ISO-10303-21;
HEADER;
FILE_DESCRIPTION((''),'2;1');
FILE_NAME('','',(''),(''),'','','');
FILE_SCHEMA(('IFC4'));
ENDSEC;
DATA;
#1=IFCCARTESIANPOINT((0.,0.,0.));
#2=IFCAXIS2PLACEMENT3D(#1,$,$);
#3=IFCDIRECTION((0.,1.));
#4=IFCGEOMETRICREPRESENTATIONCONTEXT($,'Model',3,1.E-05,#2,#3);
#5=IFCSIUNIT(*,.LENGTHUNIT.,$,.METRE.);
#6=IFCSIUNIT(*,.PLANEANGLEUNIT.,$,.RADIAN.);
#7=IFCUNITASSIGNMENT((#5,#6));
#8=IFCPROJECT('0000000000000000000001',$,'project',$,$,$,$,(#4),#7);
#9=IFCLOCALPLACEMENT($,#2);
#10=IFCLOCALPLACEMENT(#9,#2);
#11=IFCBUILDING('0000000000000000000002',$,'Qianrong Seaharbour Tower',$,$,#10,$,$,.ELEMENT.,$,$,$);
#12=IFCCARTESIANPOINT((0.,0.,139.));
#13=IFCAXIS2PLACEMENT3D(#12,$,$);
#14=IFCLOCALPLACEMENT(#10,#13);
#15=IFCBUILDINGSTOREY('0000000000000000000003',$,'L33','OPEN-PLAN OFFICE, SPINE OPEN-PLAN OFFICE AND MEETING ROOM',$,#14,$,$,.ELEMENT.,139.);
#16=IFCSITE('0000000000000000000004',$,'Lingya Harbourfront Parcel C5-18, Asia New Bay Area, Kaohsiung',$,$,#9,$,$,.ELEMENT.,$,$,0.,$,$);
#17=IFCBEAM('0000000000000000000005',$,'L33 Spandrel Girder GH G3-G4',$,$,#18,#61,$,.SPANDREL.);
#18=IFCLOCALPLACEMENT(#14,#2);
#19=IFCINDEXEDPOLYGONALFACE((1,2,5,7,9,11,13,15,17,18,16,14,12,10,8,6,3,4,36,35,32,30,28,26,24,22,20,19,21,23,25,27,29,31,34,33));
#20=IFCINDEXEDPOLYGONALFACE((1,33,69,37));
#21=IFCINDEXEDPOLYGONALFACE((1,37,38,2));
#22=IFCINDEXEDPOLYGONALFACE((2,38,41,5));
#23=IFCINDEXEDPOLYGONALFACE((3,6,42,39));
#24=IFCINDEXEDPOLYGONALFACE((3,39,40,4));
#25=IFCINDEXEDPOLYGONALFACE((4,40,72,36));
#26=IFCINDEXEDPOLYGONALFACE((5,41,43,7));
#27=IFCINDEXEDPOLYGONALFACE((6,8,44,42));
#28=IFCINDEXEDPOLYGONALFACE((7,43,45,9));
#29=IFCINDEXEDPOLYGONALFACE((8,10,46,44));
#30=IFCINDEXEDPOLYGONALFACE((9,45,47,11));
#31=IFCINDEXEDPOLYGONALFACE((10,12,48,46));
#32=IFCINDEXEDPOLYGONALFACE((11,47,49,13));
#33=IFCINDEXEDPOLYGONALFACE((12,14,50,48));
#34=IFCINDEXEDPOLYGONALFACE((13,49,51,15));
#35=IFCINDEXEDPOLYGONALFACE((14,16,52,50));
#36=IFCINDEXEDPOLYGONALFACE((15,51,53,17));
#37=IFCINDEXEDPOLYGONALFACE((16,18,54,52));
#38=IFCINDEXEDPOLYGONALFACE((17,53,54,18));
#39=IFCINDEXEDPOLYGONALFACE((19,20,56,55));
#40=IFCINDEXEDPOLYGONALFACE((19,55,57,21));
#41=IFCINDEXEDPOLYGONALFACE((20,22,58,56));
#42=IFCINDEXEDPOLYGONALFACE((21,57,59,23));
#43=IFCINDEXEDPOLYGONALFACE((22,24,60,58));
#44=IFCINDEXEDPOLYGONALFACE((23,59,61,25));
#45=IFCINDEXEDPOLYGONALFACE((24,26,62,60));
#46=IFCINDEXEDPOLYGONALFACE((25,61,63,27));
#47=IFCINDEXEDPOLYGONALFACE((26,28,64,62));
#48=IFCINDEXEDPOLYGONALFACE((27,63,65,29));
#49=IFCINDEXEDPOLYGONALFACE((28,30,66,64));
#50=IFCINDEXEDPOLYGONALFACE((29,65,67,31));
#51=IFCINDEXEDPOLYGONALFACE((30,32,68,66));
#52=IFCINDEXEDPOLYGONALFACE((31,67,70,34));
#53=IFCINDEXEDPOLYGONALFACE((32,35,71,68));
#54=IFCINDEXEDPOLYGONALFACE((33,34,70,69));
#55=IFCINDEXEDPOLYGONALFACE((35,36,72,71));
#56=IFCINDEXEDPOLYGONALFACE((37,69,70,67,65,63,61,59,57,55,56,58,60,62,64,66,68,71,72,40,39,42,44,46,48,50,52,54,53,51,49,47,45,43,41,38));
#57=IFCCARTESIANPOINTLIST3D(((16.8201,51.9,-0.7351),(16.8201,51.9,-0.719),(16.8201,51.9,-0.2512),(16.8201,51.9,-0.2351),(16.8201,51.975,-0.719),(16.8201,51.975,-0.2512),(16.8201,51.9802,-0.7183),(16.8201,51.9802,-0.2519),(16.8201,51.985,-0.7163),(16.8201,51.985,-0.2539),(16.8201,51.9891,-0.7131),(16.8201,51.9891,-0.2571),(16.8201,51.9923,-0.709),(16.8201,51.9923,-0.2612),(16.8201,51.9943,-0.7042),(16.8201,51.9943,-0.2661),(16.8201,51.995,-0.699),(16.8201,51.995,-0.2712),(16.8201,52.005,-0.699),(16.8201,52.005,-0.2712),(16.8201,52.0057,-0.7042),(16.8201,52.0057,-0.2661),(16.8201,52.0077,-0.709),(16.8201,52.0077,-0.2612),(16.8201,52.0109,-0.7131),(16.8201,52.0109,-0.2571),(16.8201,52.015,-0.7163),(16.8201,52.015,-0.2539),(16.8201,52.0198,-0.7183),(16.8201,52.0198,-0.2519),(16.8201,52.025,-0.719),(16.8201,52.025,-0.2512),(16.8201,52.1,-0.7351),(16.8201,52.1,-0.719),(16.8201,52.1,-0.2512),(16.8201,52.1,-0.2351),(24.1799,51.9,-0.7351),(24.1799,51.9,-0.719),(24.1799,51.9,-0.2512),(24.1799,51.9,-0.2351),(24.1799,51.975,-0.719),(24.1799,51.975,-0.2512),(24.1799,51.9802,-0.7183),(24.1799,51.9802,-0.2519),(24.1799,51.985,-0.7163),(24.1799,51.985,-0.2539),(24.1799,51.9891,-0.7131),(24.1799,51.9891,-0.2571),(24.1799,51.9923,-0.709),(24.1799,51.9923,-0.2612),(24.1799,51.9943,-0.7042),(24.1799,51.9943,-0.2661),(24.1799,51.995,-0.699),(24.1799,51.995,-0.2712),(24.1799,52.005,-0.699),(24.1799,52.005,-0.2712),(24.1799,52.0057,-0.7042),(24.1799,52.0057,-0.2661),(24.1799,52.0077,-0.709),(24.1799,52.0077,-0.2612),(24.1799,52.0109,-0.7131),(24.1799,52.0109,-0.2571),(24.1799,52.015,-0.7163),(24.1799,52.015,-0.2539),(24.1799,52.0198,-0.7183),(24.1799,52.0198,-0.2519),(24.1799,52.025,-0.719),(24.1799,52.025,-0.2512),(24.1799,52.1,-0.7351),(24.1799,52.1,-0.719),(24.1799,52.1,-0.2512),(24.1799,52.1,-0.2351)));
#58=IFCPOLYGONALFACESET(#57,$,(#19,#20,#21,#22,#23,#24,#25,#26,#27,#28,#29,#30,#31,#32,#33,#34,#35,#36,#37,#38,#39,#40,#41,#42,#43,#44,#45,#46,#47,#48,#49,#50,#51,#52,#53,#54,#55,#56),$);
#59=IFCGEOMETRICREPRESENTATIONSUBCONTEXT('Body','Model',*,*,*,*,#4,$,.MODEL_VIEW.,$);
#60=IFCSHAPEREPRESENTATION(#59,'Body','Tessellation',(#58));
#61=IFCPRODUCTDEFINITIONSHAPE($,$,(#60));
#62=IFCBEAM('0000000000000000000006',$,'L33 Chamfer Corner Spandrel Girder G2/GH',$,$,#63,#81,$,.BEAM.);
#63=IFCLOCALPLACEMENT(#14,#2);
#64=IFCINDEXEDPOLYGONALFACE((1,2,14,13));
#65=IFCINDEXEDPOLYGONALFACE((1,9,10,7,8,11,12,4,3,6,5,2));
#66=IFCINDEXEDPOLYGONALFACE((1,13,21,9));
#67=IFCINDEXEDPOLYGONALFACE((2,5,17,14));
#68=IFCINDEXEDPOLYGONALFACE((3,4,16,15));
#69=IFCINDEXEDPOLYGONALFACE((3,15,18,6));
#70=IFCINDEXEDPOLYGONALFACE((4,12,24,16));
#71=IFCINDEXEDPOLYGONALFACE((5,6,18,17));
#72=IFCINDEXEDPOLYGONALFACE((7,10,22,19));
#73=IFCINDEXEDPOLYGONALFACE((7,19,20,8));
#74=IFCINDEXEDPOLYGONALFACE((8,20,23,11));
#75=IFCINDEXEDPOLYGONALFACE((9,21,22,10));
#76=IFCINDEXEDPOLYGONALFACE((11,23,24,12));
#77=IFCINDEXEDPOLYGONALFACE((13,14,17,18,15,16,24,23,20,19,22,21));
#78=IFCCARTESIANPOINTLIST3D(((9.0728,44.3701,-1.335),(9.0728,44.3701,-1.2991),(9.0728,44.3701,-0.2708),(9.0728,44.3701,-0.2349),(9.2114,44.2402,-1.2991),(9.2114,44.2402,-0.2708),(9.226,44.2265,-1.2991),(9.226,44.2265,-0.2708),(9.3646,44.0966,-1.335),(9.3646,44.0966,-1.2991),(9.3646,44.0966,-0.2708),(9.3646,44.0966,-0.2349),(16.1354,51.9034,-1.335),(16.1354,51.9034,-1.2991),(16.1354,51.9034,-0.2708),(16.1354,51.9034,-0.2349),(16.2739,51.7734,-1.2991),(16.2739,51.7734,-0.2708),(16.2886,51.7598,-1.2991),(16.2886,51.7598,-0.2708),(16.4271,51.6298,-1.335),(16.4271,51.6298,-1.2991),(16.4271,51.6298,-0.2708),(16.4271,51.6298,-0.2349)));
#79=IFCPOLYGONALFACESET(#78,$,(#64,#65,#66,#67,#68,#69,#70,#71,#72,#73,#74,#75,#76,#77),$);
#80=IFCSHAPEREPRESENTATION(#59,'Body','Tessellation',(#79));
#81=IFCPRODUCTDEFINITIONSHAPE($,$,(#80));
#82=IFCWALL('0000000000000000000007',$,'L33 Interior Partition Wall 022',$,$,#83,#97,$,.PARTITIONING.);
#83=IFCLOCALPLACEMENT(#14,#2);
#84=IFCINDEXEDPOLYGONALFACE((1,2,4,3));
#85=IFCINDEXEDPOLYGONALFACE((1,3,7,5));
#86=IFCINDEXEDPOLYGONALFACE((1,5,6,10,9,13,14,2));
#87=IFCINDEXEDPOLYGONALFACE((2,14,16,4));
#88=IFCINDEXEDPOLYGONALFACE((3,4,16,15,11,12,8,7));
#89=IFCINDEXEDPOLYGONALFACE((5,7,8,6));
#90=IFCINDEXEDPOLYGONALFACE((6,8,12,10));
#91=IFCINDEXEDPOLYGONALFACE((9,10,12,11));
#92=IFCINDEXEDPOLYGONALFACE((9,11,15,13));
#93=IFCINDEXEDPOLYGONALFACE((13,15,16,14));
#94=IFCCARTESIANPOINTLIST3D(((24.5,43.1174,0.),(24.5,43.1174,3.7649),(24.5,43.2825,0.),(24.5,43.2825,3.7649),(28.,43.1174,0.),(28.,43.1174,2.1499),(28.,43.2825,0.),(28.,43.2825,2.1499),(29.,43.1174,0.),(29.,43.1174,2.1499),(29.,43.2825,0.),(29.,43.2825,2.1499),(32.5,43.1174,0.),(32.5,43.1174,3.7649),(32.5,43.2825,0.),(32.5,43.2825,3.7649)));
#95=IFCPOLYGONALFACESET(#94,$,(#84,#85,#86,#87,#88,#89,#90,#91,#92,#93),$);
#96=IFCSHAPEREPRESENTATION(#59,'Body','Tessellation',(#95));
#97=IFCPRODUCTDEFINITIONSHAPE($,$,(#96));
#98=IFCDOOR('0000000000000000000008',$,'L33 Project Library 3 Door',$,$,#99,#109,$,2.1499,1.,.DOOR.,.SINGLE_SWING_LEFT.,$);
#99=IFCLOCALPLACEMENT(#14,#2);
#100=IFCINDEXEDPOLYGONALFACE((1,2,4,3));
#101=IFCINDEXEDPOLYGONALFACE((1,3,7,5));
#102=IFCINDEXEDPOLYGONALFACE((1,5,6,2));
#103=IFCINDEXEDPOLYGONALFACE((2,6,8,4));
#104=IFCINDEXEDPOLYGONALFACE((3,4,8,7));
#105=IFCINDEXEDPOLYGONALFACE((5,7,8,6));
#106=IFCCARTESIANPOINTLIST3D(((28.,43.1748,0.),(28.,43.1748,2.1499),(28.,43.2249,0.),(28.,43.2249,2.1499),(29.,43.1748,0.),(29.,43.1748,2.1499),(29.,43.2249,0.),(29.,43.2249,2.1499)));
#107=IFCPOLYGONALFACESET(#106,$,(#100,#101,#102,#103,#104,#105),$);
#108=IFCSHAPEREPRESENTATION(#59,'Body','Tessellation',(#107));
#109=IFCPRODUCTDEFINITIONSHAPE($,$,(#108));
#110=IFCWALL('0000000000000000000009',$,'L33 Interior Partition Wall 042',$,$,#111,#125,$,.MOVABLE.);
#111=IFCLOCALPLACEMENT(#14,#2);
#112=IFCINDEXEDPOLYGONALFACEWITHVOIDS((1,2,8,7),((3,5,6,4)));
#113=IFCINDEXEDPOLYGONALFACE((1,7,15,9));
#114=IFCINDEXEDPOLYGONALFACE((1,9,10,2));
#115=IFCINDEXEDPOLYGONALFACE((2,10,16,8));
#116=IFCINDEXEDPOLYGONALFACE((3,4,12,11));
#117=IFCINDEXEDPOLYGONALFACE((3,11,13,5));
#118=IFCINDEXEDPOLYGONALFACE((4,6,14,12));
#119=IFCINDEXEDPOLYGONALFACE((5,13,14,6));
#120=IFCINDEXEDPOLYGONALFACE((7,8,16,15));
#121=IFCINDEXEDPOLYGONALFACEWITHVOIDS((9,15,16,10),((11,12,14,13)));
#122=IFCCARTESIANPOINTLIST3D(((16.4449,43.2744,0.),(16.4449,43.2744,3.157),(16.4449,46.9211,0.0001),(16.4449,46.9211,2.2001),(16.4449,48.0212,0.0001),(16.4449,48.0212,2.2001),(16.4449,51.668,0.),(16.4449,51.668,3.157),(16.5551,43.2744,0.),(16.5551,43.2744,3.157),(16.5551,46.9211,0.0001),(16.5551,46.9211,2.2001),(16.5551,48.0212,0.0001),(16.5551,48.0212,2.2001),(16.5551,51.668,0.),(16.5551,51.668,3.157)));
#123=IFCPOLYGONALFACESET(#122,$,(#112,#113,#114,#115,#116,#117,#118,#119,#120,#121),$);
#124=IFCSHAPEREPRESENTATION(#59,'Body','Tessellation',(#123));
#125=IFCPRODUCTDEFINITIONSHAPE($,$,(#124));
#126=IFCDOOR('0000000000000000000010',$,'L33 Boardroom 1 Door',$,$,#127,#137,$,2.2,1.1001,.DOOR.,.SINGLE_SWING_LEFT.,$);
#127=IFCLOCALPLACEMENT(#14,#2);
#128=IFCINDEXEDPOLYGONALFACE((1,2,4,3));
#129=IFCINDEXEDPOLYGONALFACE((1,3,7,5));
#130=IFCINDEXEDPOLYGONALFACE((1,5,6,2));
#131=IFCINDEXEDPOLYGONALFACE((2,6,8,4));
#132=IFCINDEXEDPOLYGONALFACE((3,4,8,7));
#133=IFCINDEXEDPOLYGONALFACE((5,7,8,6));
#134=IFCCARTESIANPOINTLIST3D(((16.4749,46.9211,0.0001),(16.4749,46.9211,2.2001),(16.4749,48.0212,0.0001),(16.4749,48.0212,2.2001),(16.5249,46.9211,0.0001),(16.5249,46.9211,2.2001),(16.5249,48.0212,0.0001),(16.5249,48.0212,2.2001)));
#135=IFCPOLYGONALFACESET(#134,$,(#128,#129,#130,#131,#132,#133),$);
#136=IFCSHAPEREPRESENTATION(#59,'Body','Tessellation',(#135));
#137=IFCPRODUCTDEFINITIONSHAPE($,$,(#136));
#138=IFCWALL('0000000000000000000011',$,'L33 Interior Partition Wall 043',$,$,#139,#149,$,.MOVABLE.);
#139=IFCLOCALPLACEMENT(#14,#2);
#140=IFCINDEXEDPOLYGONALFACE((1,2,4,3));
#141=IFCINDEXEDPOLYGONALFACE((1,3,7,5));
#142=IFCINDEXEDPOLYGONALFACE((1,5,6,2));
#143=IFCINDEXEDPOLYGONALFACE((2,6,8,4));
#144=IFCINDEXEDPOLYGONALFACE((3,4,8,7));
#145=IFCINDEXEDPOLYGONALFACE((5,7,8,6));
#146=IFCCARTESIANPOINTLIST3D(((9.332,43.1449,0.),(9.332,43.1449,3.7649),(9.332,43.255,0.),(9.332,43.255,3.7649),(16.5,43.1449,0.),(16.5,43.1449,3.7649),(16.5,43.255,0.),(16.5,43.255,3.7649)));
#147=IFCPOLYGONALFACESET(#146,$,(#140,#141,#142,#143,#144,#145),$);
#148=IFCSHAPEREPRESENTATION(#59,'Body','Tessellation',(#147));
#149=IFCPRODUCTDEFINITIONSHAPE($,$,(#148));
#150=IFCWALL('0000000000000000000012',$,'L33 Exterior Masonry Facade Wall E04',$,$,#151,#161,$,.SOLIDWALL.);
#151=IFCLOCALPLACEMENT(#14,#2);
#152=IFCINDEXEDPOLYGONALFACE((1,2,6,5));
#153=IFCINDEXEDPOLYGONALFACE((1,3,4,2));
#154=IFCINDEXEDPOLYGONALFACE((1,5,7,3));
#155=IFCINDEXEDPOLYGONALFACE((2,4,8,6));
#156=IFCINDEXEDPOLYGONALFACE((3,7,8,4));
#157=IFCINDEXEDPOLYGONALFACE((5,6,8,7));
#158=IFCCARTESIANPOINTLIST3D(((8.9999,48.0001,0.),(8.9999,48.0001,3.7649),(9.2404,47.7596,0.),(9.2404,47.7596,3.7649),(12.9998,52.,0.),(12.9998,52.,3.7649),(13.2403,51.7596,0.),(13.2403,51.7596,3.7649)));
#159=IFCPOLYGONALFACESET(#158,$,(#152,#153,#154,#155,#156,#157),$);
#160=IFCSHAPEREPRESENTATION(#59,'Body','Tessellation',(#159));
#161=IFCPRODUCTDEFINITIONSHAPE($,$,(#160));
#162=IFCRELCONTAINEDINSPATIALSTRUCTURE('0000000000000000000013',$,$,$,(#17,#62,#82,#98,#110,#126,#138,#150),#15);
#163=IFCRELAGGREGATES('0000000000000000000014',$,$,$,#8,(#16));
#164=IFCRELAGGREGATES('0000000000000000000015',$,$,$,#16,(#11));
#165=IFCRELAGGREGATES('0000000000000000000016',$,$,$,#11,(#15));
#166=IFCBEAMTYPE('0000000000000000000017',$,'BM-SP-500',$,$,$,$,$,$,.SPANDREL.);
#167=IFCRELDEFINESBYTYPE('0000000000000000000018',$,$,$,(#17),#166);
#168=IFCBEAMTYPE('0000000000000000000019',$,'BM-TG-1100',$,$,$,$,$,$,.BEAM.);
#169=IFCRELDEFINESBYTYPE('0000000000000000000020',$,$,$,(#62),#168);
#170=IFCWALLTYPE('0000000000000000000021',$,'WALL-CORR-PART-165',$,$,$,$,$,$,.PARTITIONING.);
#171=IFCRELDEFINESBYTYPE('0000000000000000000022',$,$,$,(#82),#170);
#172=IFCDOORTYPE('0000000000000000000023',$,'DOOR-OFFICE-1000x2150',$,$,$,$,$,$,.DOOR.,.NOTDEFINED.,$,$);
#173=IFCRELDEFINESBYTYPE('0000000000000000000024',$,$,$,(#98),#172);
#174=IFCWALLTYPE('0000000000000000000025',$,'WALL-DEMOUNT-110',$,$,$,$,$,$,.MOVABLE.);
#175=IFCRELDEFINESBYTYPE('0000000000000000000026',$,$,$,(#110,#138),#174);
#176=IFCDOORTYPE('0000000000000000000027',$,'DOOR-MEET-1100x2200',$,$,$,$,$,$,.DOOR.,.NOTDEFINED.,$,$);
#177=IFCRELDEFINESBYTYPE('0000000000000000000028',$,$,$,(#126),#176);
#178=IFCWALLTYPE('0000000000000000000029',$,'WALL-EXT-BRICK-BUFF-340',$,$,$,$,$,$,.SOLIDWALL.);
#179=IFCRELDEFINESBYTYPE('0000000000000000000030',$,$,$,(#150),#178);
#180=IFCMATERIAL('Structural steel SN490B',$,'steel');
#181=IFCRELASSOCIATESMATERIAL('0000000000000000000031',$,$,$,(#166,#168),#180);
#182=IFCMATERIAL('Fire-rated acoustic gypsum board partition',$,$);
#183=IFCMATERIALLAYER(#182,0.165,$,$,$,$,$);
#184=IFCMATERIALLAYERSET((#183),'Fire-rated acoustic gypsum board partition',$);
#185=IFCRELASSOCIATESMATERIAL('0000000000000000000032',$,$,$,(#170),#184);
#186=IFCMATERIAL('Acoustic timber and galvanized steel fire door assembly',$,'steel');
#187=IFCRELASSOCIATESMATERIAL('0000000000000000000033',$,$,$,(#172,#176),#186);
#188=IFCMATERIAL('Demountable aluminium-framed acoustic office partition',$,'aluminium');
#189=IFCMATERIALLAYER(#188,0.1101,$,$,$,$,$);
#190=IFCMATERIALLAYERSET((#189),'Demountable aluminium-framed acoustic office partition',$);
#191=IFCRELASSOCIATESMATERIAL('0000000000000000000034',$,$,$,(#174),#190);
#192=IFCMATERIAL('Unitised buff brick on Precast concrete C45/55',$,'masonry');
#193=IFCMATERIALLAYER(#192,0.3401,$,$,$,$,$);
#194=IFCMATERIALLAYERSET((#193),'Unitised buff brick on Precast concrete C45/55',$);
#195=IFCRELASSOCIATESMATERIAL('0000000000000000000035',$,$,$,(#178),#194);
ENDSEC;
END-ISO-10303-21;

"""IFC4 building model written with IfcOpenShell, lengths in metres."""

from ifc_helpers import new_model, si_unit, direction, frame, frame_2d, origin, origin_2d, place, context, subcontext, project, spatial, rectangle, i_section, extrude, material, layer, layer_set, material_profile, profile_set, type_object, element, fill, save


model = new_model("IFC4")

# Units and contexts
model_context = context("Model", 3, precision=1e-05, world=origin(), true_north=direction((0.0, 1.0)))
body_context = subcontext(model_context, "Body", "Model", "MODEL_VIEW")
ifc_project = project(units=[si_unit("LENGTHUNIT", "METRE"), si_unit("PLANEANGLEUNIT", "RADIAN")], contexts=[model_context])

# Site, building, storey
site_placement = place(None, origin())
site = spatial("IfcSite", under=ifc_project, at=site_placement, Name="Lingya Harbourfront Parcel C5-18, Asia New Bay Area, Kaohsiung", CompositionType="ELEMENT", RefElevation=0.0)
building_placement = place(site_placement, origin())
building = spatial("IfcBuilding", under=site, at=building_placement, Name="Qianrong Seaharbour Tower", CompositionType="ELEMENT")
storey_placement = place(building_placement, frame((0.0, 0.0, 139.0)))
storey = spatial("IfcBuildingStorey", under=building, at=storey_placement, Name="L33", Description="OPEN-PLAN OFFICE, SPINE OPEN-PLAN OFFICE AND MEETING ROOM", CompositionType="ELEMENT", Elevation=139.0)

# Shared definitions
ifc_material_1 = material(Name="Structural steel SN490B", Category="steel")

# Beams
ifc_material_profile_1 = material_profile(ifc_material_1, i_section(OverallWidth=0.2, OverallDepth=0.5, WebThickness=0.01, FlangeThickness=0.0161, FilletRadius=0.02, at=origin_2d()), Name="H500x200x10x16")
ifc_profile_set_1 = profile_set([ifc_material_profile_1], Name="Structural steel SN490B")
beam_type_1 = type_object("IfcBeamType", Name="BM-SP-500", PredefinedType="SPANDREL", material=ifc_profile_set_1)
beam_1_placement = place(storey_placement, frame((16.8201, 52.0, -0.4851), z_axis=(1.0, 0.0, 0.0), x_axis=(0.0, 1.0, 0.0)))
element("IfcBeam", 1, at=beam_1_placement, inside=storey, type_object=beam_type_1, Name="L33 Spandrel Girder GH G3-G4", PredefinedType="SPANDREL", context=body_context, shape_type="SweptSolid", body=[
    extrude(i_section(OverallWidth=0.2, OverallDepth=0.5, WebThickness=0.01, FlangeThickness=0.0161, FilletRadius=0.02, at=origin_2d()), origin(), (0.0, 0.0, 1.0), 7.3599),
])
ifc_material_profile_2 = material_profile(ifc_material_1, i_section(OverallWidth=0.3999, OverallDepth=1.1001, WebThickness=0.02, FlangeThickness=0.0359, at=origin_2d()), Name="BH1100x400x20x36")
ifc_profile_set_2 = profile_set([ifc_material_profile_2], Name="Structural steel SN490B")
beam_type_2 = type_object("IfcBeamType", Name="BM-TG-1100", PredefinedType="BEAM", material=ifc_profile_set_2)
beam_2_placement = place(storey_placement, frame((16.2812, 51.7666, -0.7849), z_axis=(-0.683947, -0.729531, 0.0), x_axis=(0.729531, -0.683947, 0.0)))
element("IfcBeam", 2, at=beam_2_placement, inside=storey, type_object=beam_type_2, Name="L33 Chamfer Corner Spandrel Girder G2/GH", PredefinedType="BEAM", context=body_context, shape_type="SweptSolid", body=[
    extrude(i_section(OverallWidth=0.3999, OverallDepth=1.1001, WebThickness=0.02, FlangeThickness=0.0359, at=origin_2d()), origin(), (0.0, 0.0, 1.0), 10.3262),
])

# Walls, openings, doors
ifc_material_2 = material(Name="Fire-rated acoustic gypsum board partition")
ifc_layer_1 = layer(ifc_material_2, 0.165)
ifc_layer_set_1 = layer_set([ifc_layer_1], Name="Fire-rated acoustic gypsum board partition")
wall_type_1 = type_object("IfcWallType", Name="WALL-CORR-PART-165", PredefinedType="PARTITIONING", material=ifc_layer_set_1)
wall_1_placement = place(storey_placement, frame((24.5, 43.2, 0.0), z_axis=(0.0, 0.0, 1.0), x_axis=(1.0, 0.0, 0.0)))
wall_1 = element("IfcWall", 3, at=wall_1_placement, inside=storey, type_object=wall_type_1, Name="L33 Interior Partition Wall 022", PredefinedType="PARTITIONING", context=body_context, shape_type="SweptSolid", body=[
    extrude(rectangle(XDim=8.0, YDim=0.165, at=frame_2d((4.0, 0.0))), origin(), (0.0, 0.0, 1.0), 3.7649),
])
opening_1_placement = place(wall_1_placement, frame((3.5, 0.0, 0.0)))
opening_1 = element("IfcOpeningElement", 4, at=opening_1_placement, cuts=wall_1, PredefinedType="OPENING", context=body_context, shape_type="SweptSolid", body=[
    extrude(rectangle(XDim=1.0, YDim=2.1499, at=frame_2d((0.5, 1.075))), frame((0.0, 0.0925, 0.0), z_axis=(0.0, -1.0, 0.0), x_axis=(1.0, 0.0, 0.0)), (0.0, 0.0, 1.0), 0.1851),
])
ifc_material_3 = material(Name="Acoustic timber and galvanized steel fire door assembly", Category="steel")
door_type_1 = type_object("IfcDoorType", Name="DOOR-OFFICE-1000x2150", OperationType="NOTDEFINED", PredefinedType="DOOR", material=ifc_material_3)
door_1_placement = place(opening_1_placement, origin())
door_1 = element("IfcDoor", 5, at=door_1_placement, inside=storey, type_object=door_type_1, Name="L33 Project Library 3 Door", OperationType="SINGLE_SWING_LEFT", OverallHeight=2.1499, OverallWidth=1.0, PredefinedType="DOOR", context=body_context, shape_type="SweptSolid", body=[
    extrude(rectangle(XDim=1.0, YDim=2.1499, at=frame_2d((0.5, 1.075))), frame((0.0, 0.0249, 0.0), z_axis=(0.0, -1.0, 0.0), x_axis=(1.0, 0.0, 0.0)), (0.0, 0.0, 1.0), 0.05),
])
fill(opening_1, door_1)
ifc_material_4 = material(Name="Demountable aluminium-framed acoustic office partition", Category="aluminium")
ifc_layer_2 = layer(ifc_material_4, 0.1101)
ifc_layer_set_2 = layer_set([ifc_layer_2], Name="Demountable aluminium-framed acoustic office partition")
wall_type_2 = type_object("IfcWallType", Name="WALL-DEMOUNT-110", PredefinedType="MOVABLE", material=ifc_layer_set_2)
wall_2_placement = place(storey_placement, frame((16.5, 51.668, 0.0), z_axis=(0.0, 0.0, 1.0), x_axis=(0.0, -1.0, 0.0)))
wall_2 = element("IfcWall", 6, at=wall_2_placement, inside=storey, type_object=wall_type_2, Name="L33 Interior Partition Wall 042", PredefinedType="MOVABLE", context=body_context, shape_type="SweptSolid", body=[
    extrude(rectangle(XDim=8.3936, YDim=0.1101, at=frame_2d((4.1968, 0.0))), origin(), (0.0, 0.0, 1.0), 3.157),
])
opening_2_placement = place(wall_2_placement, frame((3.6467, 0.0, 0.0)))
opening_2 = element("IfcOpeningElement", 7, at=opening_2_placement, cuts=wall_2, PredefinedType="OPENING", context=body_context, shape_type="SweptSolid", body=[
    extrude(rectangle(XDim=1.1001, YDim=2.2, at=frame_2d((0.55, 1.1001))), frame((0.0, 0.0649, 0.0), z_axis=(0.0, -1.0, 0.0), x_axis=(1.0, 0.0, 0.0)), (0.0, 0.0, 1.0), 0.1301),
])
door_type_2 = type_object("IfcDoorType", Name="DOOR-MEET-1100x2200", OperationType="NOTDEFINED", PredefinedType="DOOR", material=ifc_material_3)
door_2_placement = place(opening_2_placement, origin())
door_2 = element("IfcDoor", 8, at=door_2_placement, inside=storey, type_object=door_type_2, Name="L33 Boardroom 1 Door", OperationType="SINGLE_SWING_LEFT", OverallHeight=2.2, OverallWidth=1.1001, PredefinedType="DOOR", context=body_context, shape_type="SweptSolid", body=[
    extrude(rectangle(XDim=1.1001, YDim=2.2, at=frame_2d((0.55, 1.1001))), frame((0.0, 0.0249, 0.0), z_axis=(0.0, -1.0, 0.0), x_axis=(1.0, 0.0, 0.0)), (0.0, 0.0, 1.0), 0.05),
])
fill(opening_2, door_2)

# Walls
wall_3_placement = place(storey_placement, frame((16.5, 43.2, 0.0), z_axis=(0.0, 0.0, 1.0), x_axis=(-1.0, 0.0, 0.0)))
element("IfcWall", 9, at=wall_3_placement, inside=storey, type_object=wall_type_2, Name="L33 Interior Partition Wall 043", PredefinedType="MOVABLE", context=body_context, shape_type="SweptSolid", body=[
    extrude(rectangle(XDim=7.168, YDim=0.1101, at=frame_2d((3.584, 0.0))), origin(), (0.0, 0.0, 1.0), 3.7649),
])
ifc_material_5 = material(Name="Unitised buff brick on Precast concrete C45/55", Category="masonry")
ifc_layer_3 = layer(ifc_material_5, 0.3401)
ifc_layer_set_3 = layer_set([ifc_layer_3], Name="Unitised buff brick on Precast concrete C45/55")
wall_type_3 = type_object("IfcWallType", Name="WALL-EXT-BRICK-BUFF-340", PredefinedType="SOLIDWALL", material=ifc_layer_set_3)
wall_4_placement = place(storey_placement, frame((9.1201, 47.8799, 0.0), z_axis=(0.0, 0.0, 1.0), x_axis=(0.707107, 0.707107, 0.0)))
element("IfcWall", 10, at=wall_4_placement, inside=storey, type_object=wall_type_3, Name="L33 Exterior Masonry Facade Wall E04", PredefinedType="SOLIDWALL", context=body_context, shape_type="SweptSolid", body=[
    extrude(rectangle(XDim=5.6567, YDim=0.3401, at=frame_2d((2.8284, 0.0))), origin(), (0.0, 0.0, 1.0), 3.7649),
])

save(model, "model.ifc")
